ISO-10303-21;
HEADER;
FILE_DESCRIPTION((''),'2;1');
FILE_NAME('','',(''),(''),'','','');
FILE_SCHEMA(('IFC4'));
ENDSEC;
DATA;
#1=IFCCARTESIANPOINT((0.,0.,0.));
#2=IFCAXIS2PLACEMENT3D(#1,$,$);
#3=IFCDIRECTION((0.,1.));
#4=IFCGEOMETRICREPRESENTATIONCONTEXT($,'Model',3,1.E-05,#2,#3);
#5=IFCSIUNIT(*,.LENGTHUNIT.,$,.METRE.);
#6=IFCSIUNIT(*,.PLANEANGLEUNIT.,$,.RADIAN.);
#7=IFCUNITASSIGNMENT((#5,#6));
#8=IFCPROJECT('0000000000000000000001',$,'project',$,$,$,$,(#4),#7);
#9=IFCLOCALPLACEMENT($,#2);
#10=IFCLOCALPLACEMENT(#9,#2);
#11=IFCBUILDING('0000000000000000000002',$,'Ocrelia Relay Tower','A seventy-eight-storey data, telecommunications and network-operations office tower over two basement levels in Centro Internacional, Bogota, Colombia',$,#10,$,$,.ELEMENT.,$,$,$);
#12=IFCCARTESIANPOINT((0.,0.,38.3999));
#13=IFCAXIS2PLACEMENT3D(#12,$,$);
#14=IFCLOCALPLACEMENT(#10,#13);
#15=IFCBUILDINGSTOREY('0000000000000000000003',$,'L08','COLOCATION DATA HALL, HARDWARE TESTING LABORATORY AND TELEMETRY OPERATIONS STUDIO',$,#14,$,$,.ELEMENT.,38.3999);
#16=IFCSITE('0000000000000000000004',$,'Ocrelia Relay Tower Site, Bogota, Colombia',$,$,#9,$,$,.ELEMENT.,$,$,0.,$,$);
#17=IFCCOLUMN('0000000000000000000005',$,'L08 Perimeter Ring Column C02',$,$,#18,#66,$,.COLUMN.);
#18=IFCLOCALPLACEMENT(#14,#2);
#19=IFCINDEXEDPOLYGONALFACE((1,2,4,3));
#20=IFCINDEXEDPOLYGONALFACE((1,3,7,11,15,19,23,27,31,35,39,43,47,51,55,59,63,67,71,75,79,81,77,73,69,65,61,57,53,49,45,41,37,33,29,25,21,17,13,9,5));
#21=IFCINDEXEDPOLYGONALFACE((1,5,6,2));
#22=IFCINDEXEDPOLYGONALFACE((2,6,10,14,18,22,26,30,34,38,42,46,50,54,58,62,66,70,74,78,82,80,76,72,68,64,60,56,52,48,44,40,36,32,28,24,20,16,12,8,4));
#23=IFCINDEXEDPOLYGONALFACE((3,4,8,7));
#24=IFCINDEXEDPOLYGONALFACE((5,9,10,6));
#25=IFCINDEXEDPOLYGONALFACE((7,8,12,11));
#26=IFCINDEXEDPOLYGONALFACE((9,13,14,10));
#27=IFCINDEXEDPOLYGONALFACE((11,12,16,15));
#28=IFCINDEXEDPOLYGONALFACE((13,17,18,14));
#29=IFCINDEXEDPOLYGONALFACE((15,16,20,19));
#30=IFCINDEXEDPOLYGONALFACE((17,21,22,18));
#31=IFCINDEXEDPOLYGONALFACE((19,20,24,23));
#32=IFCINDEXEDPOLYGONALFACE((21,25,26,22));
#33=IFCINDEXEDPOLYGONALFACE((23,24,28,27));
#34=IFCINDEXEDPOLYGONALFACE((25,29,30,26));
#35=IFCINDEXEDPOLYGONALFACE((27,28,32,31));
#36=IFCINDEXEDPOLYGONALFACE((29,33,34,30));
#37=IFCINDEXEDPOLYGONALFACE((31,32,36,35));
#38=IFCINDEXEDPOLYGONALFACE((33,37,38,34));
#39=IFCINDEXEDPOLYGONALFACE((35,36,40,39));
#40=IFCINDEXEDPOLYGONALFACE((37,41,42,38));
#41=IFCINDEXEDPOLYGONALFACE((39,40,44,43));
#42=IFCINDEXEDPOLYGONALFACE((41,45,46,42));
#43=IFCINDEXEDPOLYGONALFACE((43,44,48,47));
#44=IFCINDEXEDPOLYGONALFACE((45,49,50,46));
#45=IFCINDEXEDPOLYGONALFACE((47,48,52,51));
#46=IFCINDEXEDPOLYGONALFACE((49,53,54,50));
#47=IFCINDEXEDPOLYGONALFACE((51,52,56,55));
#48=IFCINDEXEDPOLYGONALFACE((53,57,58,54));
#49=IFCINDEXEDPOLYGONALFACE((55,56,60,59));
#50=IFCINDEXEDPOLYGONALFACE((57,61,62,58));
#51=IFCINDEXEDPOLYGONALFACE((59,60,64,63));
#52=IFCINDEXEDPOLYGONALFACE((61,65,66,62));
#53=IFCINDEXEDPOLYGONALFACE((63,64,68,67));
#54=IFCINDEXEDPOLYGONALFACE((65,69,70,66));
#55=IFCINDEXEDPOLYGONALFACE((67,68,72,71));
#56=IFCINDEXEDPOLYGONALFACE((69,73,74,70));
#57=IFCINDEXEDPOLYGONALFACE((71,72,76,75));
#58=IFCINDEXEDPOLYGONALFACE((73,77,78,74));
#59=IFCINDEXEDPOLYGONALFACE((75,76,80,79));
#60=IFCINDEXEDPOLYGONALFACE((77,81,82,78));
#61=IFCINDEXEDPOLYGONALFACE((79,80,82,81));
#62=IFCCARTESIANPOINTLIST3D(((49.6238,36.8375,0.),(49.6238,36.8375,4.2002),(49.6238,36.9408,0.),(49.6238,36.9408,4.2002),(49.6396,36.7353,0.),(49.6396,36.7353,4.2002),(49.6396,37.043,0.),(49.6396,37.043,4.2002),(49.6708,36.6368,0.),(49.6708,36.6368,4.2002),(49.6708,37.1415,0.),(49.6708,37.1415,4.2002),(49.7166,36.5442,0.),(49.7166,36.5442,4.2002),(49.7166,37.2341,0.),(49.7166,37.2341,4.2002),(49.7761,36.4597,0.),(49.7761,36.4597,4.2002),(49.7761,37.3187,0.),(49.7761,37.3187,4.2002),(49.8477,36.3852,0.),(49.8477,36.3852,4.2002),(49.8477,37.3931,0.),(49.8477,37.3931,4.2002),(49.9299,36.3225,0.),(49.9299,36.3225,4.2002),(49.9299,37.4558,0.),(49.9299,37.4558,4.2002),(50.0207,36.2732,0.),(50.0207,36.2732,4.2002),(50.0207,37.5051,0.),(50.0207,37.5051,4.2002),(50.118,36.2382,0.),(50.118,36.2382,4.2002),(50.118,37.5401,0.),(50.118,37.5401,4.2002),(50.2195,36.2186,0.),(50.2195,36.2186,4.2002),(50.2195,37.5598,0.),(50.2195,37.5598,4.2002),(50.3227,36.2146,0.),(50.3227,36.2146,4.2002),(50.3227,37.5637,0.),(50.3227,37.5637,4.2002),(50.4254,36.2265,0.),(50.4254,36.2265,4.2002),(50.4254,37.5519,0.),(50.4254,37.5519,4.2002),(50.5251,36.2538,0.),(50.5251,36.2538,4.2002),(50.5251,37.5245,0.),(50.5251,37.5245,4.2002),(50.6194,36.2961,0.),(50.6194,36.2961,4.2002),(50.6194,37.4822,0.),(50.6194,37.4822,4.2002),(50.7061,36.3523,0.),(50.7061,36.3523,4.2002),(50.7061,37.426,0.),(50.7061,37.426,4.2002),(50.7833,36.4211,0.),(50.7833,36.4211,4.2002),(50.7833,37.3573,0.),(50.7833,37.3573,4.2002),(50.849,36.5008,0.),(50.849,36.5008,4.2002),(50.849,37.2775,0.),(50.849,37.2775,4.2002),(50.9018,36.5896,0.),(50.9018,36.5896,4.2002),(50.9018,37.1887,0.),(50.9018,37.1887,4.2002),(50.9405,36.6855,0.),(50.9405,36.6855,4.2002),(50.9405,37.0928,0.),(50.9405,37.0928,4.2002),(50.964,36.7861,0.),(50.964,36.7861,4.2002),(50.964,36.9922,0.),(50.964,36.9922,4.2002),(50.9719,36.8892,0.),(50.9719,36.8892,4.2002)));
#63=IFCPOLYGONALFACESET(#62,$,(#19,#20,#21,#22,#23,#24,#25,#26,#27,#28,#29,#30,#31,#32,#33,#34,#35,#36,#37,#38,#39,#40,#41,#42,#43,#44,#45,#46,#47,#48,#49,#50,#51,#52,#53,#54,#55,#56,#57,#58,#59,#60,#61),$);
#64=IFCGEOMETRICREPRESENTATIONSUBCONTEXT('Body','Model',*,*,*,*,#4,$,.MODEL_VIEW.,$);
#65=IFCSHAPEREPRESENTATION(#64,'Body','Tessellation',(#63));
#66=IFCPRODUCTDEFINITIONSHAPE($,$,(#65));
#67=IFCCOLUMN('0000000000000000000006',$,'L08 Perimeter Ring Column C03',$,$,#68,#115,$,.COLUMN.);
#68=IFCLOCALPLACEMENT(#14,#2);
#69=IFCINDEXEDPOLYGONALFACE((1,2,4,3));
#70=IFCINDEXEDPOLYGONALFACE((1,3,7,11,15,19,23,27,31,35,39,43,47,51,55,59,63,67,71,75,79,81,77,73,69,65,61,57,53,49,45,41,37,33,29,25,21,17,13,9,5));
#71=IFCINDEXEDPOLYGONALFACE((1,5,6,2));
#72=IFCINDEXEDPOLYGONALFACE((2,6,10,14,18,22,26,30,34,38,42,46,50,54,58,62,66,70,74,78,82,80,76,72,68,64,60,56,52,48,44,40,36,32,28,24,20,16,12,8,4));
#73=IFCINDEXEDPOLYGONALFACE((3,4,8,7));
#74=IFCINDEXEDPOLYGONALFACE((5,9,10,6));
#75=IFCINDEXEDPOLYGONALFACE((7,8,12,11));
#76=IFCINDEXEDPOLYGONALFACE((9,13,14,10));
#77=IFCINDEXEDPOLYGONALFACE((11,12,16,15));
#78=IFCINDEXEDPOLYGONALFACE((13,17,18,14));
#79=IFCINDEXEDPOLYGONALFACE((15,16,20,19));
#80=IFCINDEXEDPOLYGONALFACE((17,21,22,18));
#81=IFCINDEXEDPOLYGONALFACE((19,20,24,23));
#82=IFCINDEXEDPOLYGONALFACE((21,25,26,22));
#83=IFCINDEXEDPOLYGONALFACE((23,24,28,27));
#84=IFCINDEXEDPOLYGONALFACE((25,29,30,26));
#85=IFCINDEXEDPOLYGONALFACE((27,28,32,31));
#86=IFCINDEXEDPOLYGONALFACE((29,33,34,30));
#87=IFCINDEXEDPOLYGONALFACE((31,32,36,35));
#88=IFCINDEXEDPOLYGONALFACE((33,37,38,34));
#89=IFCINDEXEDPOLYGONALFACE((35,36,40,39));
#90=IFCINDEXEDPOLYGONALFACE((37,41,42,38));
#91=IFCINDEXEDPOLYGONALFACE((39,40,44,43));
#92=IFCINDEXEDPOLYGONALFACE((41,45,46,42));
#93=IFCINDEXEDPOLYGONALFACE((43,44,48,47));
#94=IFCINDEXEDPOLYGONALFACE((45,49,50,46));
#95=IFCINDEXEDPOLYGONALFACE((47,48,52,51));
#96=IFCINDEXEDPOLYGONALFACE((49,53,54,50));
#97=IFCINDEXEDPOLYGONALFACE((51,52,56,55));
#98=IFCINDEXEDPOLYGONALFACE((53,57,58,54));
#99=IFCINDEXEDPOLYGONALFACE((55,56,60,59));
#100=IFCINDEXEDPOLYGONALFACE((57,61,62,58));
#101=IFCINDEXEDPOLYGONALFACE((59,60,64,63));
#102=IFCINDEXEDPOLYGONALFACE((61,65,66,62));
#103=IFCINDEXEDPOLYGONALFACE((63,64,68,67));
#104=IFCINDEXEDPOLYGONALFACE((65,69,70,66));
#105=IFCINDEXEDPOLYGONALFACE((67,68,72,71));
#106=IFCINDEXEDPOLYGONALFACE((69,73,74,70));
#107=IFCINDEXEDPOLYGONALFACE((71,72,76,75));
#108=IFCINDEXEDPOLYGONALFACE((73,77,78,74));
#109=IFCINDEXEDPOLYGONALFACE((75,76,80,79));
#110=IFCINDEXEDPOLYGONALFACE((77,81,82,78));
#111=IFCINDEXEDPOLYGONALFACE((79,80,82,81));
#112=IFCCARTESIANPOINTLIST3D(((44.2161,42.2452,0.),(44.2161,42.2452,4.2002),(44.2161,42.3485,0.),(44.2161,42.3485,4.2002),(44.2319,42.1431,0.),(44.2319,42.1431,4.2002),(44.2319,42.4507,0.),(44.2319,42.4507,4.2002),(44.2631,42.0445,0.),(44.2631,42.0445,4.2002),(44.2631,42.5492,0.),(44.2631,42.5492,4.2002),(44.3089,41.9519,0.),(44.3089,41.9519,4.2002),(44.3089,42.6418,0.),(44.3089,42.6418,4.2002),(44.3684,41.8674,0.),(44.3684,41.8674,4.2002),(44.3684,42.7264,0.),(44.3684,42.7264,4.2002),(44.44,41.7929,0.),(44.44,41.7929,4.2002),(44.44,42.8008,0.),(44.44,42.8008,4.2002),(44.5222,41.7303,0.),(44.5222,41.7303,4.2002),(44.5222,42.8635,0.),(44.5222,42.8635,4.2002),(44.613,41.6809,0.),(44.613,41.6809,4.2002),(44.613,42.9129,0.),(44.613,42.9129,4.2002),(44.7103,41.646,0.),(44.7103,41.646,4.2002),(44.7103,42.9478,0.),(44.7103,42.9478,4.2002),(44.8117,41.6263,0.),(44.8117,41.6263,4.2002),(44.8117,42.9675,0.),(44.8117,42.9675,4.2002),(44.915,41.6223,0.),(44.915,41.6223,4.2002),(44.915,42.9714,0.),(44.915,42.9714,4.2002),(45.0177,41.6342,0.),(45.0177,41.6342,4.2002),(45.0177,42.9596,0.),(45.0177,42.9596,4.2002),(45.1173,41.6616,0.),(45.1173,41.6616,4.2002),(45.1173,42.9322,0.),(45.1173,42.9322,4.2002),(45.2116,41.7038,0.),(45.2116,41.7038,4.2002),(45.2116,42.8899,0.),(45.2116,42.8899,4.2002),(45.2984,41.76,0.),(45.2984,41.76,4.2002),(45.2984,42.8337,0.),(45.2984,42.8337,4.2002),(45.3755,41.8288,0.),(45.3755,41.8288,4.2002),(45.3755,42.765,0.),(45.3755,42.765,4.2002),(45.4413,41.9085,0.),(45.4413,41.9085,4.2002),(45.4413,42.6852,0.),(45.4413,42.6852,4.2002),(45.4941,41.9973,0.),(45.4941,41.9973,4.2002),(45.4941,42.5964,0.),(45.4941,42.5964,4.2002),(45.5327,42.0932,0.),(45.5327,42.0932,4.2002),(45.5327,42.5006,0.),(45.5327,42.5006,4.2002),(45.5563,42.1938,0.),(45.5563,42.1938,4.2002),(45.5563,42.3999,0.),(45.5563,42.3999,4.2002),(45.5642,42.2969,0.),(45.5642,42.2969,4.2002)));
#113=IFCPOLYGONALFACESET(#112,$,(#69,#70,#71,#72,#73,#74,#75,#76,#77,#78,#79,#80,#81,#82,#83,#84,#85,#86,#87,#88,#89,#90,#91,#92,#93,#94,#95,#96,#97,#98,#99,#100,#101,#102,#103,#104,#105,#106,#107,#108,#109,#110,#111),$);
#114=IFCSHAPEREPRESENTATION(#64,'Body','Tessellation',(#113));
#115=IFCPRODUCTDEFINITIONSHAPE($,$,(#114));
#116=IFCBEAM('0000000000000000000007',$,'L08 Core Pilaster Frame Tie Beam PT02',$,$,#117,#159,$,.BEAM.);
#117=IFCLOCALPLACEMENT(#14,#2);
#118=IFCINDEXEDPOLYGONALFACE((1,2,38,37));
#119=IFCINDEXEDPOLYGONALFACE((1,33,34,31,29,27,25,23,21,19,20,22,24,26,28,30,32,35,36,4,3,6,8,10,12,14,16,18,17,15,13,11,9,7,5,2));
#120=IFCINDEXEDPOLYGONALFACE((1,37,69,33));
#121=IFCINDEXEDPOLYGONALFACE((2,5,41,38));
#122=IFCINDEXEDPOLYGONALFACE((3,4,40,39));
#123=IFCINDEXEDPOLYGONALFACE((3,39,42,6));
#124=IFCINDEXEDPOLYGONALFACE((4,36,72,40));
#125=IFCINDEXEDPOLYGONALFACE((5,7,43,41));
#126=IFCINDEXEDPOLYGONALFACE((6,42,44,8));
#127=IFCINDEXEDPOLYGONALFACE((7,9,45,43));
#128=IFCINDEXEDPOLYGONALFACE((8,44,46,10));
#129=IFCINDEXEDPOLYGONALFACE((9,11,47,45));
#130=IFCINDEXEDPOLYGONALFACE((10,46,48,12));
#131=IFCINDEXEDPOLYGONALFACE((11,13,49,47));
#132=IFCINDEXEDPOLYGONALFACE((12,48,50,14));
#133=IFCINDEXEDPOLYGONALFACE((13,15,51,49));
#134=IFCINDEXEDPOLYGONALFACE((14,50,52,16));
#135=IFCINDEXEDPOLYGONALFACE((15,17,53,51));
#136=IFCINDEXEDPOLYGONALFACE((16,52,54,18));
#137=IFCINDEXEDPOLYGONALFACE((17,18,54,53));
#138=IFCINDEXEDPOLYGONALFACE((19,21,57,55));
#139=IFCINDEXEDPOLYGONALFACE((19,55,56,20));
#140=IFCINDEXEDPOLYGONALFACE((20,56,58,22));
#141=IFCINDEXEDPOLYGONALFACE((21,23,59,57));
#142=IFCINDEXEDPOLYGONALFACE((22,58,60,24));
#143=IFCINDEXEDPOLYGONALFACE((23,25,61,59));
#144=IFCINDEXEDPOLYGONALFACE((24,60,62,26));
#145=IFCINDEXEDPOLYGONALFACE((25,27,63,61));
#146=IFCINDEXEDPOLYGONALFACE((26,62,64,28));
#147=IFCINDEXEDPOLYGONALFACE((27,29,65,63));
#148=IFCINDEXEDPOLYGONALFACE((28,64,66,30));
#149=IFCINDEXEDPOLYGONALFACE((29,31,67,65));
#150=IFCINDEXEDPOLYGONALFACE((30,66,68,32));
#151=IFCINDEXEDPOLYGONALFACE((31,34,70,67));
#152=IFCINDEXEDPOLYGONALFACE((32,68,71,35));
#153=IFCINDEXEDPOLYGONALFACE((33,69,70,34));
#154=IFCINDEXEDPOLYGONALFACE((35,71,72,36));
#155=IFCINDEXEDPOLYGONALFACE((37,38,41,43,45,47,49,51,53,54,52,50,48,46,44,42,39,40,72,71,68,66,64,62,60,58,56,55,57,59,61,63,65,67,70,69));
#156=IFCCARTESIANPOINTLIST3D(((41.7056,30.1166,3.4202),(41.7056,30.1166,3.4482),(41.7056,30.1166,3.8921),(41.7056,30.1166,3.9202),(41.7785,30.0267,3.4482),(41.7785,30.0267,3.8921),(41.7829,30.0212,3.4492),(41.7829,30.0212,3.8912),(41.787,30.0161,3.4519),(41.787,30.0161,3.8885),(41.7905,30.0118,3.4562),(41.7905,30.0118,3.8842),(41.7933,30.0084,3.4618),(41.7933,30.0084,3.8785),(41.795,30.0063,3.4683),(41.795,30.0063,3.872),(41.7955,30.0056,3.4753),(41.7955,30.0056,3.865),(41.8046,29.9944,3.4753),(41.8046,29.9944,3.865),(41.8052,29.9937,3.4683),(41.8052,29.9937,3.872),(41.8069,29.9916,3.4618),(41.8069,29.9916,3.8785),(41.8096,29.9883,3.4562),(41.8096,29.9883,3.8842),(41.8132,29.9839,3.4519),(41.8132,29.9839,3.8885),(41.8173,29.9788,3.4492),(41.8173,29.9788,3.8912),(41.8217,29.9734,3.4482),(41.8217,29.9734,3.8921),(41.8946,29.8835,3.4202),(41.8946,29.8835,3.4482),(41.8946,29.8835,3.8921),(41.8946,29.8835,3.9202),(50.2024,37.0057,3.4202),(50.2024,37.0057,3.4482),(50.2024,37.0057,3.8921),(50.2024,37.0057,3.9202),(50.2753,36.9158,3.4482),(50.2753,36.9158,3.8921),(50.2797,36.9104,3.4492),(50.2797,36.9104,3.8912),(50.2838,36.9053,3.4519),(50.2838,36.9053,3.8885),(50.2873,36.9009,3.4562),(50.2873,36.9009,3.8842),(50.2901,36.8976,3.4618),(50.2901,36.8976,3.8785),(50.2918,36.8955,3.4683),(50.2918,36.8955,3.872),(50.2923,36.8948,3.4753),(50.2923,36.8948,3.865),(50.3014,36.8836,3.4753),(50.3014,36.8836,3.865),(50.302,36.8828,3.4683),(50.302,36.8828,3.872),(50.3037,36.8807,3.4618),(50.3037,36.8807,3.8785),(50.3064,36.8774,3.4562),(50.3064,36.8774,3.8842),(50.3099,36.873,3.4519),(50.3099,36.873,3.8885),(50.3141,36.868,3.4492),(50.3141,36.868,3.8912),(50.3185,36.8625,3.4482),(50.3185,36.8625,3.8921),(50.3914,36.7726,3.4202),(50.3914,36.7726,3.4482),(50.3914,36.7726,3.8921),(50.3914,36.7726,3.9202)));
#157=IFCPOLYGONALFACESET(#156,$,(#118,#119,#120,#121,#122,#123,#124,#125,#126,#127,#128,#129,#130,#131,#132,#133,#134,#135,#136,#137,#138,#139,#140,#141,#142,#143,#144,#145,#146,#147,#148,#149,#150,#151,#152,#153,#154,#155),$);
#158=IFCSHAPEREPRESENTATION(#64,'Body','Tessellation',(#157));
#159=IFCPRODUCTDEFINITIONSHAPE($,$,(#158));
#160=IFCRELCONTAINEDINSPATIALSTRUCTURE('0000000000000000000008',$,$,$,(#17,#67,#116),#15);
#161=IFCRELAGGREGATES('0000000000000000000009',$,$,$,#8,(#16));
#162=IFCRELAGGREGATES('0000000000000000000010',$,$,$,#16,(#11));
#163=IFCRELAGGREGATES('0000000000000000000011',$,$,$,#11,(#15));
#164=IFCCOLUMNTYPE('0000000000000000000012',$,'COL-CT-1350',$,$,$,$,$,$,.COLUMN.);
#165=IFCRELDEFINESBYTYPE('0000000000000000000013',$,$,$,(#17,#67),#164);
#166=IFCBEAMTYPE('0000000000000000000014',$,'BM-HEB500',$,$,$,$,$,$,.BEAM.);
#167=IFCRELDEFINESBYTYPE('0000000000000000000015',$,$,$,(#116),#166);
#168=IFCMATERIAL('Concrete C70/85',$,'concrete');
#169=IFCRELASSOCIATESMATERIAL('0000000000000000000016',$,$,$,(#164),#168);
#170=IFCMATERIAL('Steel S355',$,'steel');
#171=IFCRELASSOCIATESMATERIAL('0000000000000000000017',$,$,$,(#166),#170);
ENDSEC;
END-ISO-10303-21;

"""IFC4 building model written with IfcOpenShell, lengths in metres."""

from ifc_helpers import new_model, si_unit, direction, frame, origin, origin_2d, place, context, subcontext, project, spatial, circle, i_section, extrude, material, material_profile, profile_set, type_object, element, save


model = new_model("IFC4")

# Units and contexts
model_context = context("Model", 3, precision=1e-05, world=origin(), true_north=direction((0.0, 1.0)))
body_context = subcontext(model_context, "Body", "Model", "MODEL_VIEW")
ifc_project = project(units=[si_unit("LENGTHUNIT", "METRE"), si_unit("PLANEANGLEUNIT", "RADIAN")], contexts=[model_context])

# Site, building, storey
site_placement = place(None, origin())
site = spatial("IfcSite", under=ifc_project, at=site_placement, Name="Ocrelia Relay Tower Site, Bogota, Colombia", CompositionType="ELEMENT", RefElevation=0.0)
building_placement = place(site_placement, origin())
building = spatial("IfcBuilding", under=site, at=building_placement, Name="Ocrelia Relay Tower", Description="A seventy-eight-storey data, telecommunications and network-operations office tower over two basement levels in Centro Internacional, Bogota, Colombia", CompositionType="ELEMENT")
storey_placement = place(building_placement, frame((0.0, 0.0, 38.3999)))
storey = spatial("IfcBuildingStorey", under=building, at=storey_placement, Name="L08", Description="COLOCATION DATA HALL, HARDWARE TESTING LABORATORY AND TELEMETRY OPERATIONS STUDIO", CompositionType="ELEMENT", Elevation=38.3999)

# Columns
ifc_material_1 = material(Name="Concrete C70/85", Category="concrete")
ifc_material_profile_1 = material_profile(ifc_material_1, circle(Radius=0.675, at=origin_2d()), Name="RC-CIR-1350")
ifc_profile_set_1 = profile_set([ifc_material_profile_1], Name="Concrete C70/85")
column_type = type_object("IfcColumnType", Name="COL-CT-1350", PredefinedType="COLUMN", material=ifc_profile_set_1)
for number, where, z_axis, x_axis, name in (
    (1, (50.2969, 36.8892, 0.0), (0.0, 0.0, 1.0), (1.0, 0.0, 0.0), "L08 Perimeter Ring Column C02"),
    (2, (44.8892, 42.2969, 0.0), (0.0, 0.0, 1.0), (1.0, 0.0, 0.0), "L08 Perimeter Ring Column C03"),
):
    element("IfcColumn", number, at=place(storey_placement, frame(where, z_axis=z_axis, x_axis=x_axis)), inside=storey, type_object=column_type, Name=name, PredefinedType="COLUMN", context=body_context, shape_type="SweptSolid", body=[
        extrude(circle(Radius=0.675, at=origin_2d()), origin(), (0.0, 0.0, 1.0), 4.2002),
    ])

# Beam
ifc_material_2 = material(Name="Steel S355", Category="steel")
ifc_material_profile_2 = material_profile(ifc_material_2, i_section(OverallWidth=0.3, OverallDepth=0.5, WebThickness=0.0144, FlangeThickness=0.0281, FilletRadius=0.0271, at=origin_2d()), Name="HEB 500")
ifc_profile_set_2 = profile_set([ifc_material_profile_2], Name="Steel S355")
beam_type_1 = type_object("IfcBeamType", Name="BM-HEB500", PredefinedType="BEAM", material=ifc_profile_set_2)
beam_1_placement = place(storey_placement, frame((50.2969, 36.8892, 3.6702), z_axis=(-0.776763, -0.629793, 0.0), x_axis=(0.629793, -0.776763, 0.0)))
element("IfcBeam", 3, at=beam_1_placement, inside=storey, type_object=beam_type_1, Name="L08 Core Pilaster Frame Tie Beam PT02", PredefinedType="BEAM", context=body_context, shape_type="SweptSolid", body=[
    extrude(i_section(OverallWidth=0.3, OverallDepth=0.5, WebThickness=0.0144, FlangeThickness=0.0281, FilletRadius=0.0271, at=origin_2d()), origin(), (0.0, 0.0, 1.0), 10.9387),
])

save(model, "model.ifc")
